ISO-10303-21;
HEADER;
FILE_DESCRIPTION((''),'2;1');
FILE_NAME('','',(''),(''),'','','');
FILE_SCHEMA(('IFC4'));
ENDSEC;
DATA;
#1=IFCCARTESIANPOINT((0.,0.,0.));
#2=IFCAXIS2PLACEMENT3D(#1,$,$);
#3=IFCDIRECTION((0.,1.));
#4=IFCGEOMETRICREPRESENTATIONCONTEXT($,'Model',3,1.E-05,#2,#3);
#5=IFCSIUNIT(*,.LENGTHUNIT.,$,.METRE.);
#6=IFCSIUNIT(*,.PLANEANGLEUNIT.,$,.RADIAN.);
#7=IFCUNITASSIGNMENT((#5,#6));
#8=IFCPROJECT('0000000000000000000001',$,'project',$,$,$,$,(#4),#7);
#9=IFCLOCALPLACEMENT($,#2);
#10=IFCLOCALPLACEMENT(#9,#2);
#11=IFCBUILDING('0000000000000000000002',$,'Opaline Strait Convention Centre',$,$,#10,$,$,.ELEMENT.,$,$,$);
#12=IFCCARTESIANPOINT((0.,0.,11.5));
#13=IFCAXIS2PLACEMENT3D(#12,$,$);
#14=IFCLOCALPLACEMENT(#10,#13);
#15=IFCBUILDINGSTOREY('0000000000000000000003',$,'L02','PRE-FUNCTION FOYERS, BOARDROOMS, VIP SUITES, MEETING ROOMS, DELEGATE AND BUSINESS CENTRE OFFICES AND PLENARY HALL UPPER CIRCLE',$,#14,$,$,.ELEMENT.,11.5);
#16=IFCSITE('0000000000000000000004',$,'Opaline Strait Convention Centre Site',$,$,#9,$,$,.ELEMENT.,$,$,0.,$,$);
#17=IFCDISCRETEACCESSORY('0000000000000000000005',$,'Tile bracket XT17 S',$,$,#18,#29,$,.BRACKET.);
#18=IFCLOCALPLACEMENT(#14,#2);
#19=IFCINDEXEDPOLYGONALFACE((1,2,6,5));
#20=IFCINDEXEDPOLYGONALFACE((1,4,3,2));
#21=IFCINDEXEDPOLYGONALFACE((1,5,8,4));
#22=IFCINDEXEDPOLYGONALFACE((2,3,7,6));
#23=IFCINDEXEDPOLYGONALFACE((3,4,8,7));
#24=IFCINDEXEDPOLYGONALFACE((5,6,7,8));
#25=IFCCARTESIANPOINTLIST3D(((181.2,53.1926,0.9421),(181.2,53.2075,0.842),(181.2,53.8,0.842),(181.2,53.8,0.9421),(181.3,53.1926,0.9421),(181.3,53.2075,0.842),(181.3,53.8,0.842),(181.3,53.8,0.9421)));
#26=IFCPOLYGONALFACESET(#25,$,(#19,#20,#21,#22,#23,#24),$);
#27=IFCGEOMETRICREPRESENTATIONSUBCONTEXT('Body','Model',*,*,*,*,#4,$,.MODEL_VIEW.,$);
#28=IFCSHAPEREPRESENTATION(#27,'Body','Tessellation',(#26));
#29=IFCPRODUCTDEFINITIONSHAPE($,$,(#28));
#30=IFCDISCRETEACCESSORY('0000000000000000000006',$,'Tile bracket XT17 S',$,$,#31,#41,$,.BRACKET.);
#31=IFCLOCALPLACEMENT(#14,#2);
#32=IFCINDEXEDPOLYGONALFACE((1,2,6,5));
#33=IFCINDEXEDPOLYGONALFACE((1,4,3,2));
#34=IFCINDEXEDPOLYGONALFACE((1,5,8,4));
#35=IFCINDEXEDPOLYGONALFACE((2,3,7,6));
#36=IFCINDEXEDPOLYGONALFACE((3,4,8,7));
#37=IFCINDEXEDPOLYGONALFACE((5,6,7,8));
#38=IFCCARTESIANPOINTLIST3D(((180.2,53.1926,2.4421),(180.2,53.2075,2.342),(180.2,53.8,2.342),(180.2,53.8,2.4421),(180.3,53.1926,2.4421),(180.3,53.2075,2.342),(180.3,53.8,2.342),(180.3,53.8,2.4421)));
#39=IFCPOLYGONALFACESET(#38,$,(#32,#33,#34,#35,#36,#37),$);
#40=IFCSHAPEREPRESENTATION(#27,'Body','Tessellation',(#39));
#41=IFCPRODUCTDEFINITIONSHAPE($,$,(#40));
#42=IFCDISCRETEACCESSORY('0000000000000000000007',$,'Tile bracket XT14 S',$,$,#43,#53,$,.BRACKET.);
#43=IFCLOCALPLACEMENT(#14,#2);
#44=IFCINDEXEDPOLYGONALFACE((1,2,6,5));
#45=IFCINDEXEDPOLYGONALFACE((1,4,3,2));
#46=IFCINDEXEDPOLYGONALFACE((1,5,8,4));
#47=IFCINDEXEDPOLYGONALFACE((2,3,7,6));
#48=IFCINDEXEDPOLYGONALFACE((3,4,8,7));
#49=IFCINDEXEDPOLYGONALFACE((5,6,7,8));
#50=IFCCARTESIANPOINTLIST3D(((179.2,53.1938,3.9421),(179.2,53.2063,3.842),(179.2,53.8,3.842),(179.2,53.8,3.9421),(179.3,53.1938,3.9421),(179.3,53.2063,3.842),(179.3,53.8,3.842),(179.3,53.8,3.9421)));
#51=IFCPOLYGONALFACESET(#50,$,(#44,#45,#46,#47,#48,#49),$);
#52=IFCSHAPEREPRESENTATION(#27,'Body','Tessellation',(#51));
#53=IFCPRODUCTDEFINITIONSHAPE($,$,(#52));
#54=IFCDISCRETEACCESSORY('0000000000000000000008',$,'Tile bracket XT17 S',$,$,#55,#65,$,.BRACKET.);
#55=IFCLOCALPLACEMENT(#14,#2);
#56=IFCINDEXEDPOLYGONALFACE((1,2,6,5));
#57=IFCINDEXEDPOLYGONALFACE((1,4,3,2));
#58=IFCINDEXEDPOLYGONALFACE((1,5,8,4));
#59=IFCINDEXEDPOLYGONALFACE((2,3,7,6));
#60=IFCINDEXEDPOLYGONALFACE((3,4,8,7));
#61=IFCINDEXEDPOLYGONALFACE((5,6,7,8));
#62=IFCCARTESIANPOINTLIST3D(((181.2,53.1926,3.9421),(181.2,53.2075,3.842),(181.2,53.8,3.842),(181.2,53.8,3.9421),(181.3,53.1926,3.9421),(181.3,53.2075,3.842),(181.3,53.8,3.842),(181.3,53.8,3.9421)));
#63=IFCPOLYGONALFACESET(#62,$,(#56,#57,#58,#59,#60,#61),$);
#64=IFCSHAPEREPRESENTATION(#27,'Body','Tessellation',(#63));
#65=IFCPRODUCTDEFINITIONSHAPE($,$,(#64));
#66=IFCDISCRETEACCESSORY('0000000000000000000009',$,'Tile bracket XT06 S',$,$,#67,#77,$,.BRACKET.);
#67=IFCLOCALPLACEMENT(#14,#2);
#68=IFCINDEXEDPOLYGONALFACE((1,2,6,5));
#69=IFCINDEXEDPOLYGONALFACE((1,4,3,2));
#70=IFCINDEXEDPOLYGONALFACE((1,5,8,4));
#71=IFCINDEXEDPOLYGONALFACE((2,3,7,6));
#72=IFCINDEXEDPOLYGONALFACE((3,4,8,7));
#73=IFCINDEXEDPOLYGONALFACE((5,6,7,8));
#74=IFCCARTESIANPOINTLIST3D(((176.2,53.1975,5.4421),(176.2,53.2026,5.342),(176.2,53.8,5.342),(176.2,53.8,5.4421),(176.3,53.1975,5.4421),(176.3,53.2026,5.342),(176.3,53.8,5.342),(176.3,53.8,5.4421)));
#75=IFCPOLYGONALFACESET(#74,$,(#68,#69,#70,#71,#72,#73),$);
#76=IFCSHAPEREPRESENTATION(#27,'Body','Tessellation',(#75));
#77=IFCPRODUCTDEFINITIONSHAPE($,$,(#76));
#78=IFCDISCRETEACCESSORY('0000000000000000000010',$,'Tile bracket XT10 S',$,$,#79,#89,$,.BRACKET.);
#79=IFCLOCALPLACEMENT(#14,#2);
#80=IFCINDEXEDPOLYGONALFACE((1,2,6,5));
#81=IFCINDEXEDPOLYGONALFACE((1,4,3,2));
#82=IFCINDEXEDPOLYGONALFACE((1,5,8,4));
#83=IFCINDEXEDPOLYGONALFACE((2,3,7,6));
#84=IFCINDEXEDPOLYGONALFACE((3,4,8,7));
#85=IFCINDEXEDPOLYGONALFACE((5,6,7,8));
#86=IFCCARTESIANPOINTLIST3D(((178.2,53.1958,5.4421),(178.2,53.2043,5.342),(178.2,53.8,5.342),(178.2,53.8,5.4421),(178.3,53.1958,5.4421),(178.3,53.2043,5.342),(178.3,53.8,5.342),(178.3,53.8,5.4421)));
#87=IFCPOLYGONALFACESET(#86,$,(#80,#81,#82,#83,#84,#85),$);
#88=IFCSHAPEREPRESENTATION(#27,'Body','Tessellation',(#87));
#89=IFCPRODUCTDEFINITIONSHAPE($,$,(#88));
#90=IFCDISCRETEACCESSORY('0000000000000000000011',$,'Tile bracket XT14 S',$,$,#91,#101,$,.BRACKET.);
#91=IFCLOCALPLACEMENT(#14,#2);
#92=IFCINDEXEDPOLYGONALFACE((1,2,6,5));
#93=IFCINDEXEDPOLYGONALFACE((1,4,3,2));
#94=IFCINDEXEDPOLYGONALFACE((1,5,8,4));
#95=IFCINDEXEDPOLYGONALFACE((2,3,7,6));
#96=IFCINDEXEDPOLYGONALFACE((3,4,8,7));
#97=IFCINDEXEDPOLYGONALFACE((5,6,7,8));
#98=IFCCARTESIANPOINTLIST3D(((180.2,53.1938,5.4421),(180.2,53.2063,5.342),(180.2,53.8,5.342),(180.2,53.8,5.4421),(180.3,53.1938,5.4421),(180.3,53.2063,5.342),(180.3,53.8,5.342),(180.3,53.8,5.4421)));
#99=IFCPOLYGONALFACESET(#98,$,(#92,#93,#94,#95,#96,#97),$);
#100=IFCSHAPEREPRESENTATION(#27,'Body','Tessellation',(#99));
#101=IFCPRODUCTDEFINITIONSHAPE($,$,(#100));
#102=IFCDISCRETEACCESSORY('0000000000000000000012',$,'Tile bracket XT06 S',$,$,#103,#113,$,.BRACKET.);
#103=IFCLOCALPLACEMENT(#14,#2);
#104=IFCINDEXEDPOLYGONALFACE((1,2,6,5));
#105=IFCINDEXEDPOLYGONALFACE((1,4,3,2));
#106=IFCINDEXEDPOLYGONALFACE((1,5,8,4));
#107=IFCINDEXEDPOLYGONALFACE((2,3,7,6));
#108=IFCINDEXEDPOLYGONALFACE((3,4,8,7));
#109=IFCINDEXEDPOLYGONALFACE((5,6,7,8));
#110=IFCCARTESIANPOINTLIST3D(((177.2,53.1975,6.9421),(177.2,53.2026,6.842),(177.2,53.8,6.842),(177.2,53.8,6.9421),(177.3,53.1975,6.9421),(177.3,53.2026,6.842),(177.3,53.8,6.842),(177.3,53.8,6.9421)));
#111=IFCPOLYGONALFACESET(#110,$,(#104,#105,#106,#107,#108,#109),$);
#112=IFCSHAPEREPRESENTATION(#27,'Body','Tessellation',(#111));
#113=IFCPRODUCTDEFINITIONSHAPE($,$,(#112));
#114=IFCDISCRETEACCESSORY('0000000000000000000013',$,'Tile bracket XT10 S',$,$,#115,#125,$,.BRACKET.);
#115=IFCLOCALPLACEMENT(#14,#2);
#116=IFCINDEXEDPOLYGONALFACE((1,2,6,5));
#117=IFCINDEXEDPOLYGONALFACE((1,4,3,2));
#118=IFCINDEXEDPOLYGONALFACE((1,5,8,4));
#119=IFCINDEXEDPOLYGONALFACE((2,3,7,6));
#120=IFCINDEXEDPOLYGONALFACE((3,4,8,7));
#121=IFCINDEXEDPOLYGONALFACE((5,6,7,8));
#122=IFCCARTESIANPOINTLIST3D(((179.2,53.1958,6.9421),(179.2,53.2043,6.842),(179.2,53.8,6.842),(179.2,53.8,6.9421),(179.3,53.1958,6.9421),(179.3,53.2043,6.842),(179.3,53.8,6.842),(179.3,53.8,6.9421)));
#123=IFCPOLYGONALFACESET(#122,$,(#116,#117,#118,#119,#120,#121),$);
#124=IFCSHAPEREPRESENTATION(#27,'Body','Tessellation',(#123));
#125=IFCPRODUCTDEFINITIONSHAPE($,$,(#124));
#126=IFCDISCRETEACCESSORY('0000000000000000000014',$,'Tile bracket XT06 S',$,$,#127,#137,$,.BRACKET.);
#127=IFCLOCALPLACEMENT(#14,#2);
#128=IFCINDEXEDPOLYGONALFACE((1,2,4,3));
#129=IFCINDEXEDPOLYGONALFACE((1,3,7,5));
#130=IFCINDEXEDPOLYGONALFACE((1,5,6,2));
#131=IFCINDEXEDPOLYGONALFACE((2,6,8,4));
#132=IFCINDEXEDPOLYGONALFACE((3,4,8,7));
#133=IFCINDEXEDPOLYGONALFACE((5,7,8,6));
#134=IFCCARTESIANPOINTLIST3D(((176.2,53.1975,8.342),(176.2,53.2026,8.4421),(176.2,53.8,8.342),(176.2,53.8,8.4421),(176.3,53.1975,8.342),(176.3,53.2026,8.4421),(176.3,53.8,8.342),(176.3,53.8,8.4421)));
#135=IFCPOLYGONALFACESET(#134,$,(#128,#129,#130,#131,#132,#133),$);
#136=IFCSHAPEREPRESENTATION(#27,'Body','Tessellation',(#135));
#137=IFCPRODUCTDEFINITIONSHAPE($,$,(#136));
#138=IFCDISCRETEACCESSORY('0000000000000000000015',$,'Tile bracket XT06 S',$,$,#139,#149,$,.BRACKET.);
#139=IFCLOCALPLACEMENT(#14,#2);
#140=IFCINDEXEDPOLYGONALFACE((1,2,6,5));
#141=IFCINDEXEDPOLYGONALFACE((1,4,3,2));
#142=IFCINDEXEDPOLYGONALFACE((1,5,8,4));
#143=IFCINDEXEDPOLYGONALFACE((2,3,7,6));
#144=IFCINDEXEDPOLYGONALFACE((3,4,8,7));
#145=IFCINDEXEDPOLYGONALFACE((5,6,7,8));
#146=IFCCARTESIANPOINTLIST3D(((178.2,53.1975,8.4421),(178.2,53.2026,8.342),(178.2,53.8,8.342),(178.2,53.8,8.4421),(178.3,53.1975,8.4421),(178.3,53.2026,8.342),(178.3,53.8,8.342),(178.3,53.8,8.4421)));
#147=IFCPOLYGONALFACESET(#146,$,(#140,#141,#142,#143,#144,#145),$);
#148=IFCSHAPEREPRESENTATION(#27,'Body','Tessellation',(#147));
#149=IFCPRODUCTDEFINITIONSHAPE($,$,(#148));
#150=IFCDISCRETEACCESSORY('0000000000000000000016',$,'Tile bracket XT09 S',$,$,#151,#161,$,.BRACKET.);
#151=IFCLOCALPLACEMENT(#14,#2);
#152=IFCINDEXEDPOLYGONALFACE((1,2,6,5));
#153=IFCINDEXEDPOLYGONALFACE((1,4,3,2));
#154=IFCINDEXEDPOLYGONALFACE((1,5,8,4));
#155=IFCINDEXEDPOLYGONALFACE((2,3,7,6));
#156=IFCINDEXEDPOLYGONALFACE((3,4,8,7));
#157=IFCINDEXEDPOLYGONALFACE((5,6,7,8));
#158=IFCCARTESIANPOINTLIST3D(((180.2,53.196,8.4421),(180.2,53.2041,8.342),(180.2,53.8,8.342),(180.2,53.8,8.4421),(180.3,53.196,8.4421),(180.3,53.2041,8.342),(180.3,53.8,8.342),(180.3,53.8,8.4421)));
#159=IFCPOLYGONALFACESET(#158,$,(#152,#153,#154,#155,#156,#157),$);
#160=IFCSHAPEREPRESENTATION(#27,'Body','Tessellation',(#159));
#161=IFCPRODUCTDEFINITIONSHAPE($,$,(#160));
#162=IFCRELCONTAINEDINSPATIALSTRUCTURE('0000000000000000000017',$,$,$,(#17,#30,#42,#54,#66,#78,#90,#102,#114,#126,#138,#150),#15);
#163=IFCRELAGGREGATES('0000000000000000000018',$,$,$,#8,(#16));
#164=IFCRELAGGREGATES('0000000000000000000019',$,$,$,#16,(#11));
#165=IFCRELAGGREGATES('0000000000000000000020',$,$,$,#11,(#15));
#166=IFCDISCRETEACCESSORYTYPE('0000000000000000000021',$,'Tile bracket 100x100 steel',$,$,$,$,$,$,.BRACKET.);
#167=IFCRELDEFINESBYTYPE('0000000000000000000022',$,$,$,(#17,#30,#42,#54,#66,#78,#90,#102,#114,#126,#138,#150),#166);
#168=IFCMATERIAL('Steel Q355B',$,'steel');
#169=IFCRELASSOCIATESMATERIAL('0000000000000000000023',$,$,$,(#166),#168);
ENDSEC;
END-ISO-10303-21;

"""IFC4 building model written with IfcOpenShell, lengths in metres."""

from ifc_helpers import new_model, si_unit, direction, frame, origin, place, context, subcontext, project, spatial, polyline, outline, extrude, material, type_object, element, save


model = new_model("IFC4")

# Units and contexts
model_context = context("Model", 3, precision=1e-05, world=origin(), true_north=direction((0.0, 1.0)))
body_context = subcontext(model_context, "Body", "Model", "MODEL_VIEW")
ifc_project = project(units=[si_unit("LENGTHUNIT", "METRE"), si_unit("PLANEANGLEUNIT", "RADIAN")], contexts=[model_context])

# Site, building, storey
site_placement = place(None, origin())
site = spatial("IfcSite", under=ifc_project, at=site_placement, Name="Opaline Strait Convention Centre Site", CompositionType="ELEMENT", RefElevation=0.0)
building_placement = place(site_placement, origin())
building = spatial("IfcBuilding", under=site, at=building_placement, Name="Opaline Strait Convention Centre", CompositionType="ELEMENT")
storey_placement = place(building_placement, frame((0.0, 0.0, 11.5)))
storey = spatial("IfcBuildingStorey", under=building, at=storey_placement, Name="L02", Description="PRE-FUNCTION FOYERS, BOARDROOMS, VIP SUITES, MEETING ROOMS, DELEGATE AND BUSINESS CENTRE OFFICES AND PLENARY HALL UPPER CIRCLE", CompositionType="ELEMENT", Elevation=11.5)

# Discrete accessories
ifc_material_1 = material(Name="Steel Q355B", Category="steel")
discrete_accessory_type = type_object("IfcDiscreteAccessoryType", Name="Tile bracket 100x100 steel", PredefinedType="BRACKET", material=ifc_material_1)
for number, where, z_axis, x_axis, name in (
    (1, (181.2, 53.8, 0.8921), (1.0, 0.0, 0.0), (0.0, 1.0, 0.0), "Tile bracket XT17 S"),
    (2, (180.2, 53.8, 2.3921), (1.0, 0.0, 0.0), (0.0, 1.0, 0.0), "Tile bracket XT17 S"),
):
    element("IfcDiscreteAccessory", number, at=place(storey_placement, frame(where, z_axis=z_axis, x_axis=x_axis)), inside=storey, type_object=discrete_accessory_type, Name=name, PredefinedType="BRACKET", context=body_context, shape_type="SweptSolid", body=[
        extrude(outline(polyline([(0.0, -0.05), (0.0, 0.05), (-0.6074, 0.05), (-0.5925, -0.05), (0.0, -0.05)])), origin(), (0.0, 0.0, 1.0), 0.1001),
    ])
discrete_accessory_1_placement = place(storey_placement, frame((179.2, 53.8, 3.8921), z_axis=(1.0, 0.0, 0.0), x_axis=(0.0, 1.0, 0.0)))
element("IfcDiscreteAccessory", 3, at=discrete_accessory_1_placement, inside=storey, type_object=discrete_accessory_type, Name="Tile bracket XT14 S", PredefinedType="BRACKET", context=body_context, shape_type="SweptSolid", body=[
    extrude(outline(polyline([(0.0, -0.05), (0.0, 0.05), (-0.6062, 0.05), (-0.5938, -0.05), (0.0, -0.05)])), origin(), (0.0, 0.0, 1.0), 0.1001),
])
discrete_accessory_2_placement = place(storey_placement, frame((181.2, 53.8, 3.8921), z_axis=(1.0, 0.0, 0.0), x_axis=(0.0, 1.0, 0.0)))
element("IfcDiscreteAccessory", 4, at=discrete_accessory_2_placement, inside=storey, type_object=discrete_accessory_type, Name="Tile bracket XT17 S", PredefinedType="BRACKET", context=body_context, shape_type="SweptSolid", body=[
    extrude(outline(polyline([(0.0, -0.05), (0.0, 0.05), (-0.6074, 0.05), (-0.5925, -0.05), (0.0, -0.05)])), origin(), (0.0, 0.0, 1.0), 0.1001),
])
discrete_accessory_3_placement = place(storey_placement, frame((176.2, 53.8, 5.3921), z_axis=(1.0, 0.0, 0.0), x_axis=(0.0, 1.0, 0.0)))
element("IfcDiscreteAccessory", 5, at=discrete_accessory_3_placement, inside=storey, type_object=discrete_accessory_type, Name="Tile bracket XT06 S", PredefinedType="BRACKET", context=body_context, shape_type="SweptSolid", body=[
    extrude(outline(polyline([(0.0, -0.05), (0.0, 0.05), (-0.6025, 0.05), (-0.5974, -0.05), (0.0, -0.05)])), origin(), (0.0, 0.0, 1.0), 0.1001),
])
discrete_accessory_4_placement = place(storey_placement, frame((178.2, 53.8, 5.3921), z_axis=(1.0, 0.0, 0.0), x_axis=(0.0, 1.0, 0.0)))
element("IfcDiscreteAccessory", 6, at=discrete_accessory_4_placement, inside=storey, type_object=discrete_accessory_type, Name="Tile bracket XT10 S", PredefinedType="BRACKET", context=body_context, shape_type="SweptSolid", body=[
    extrude(outline(polyline([(0.0, -0.05), (0.0, 0.05), (-0.6042, 0.05), (-0.5957, -0.05), (0.0, -0.05)])), origin(), (0.0, 0.0, 1.0), 0.1001),
])
discrete_accessory_5_placement = place(storey_placement, frame((180.2, 53.8, 5.3921), z_axis=(1.0, 0.0, 0.0), x_axis=(0.0, 1.0, 0.0)))
element("IfcDiscreteAccessory", 7, at=discrete_accessory_5_placement, inside=storey, type_object=discrete_accessory_type, Name="Tile bracket XT14 S", PredefinedType="BRACKET", context=body_context, shape_type="SweptSolid", body=[
    extrude(outline(polyline([(0.0, -0.05), (0.0, 0.05), (-0.6062, 0.05), (-0.5938, -0.05), (0.0, -0.05)])), origin(), (0.0, 0.0, 1.0), 0.1001),
])
discrete_accessory_6_placement = place(storey_placement, frame((177.2, 53.8, 6.8921), z_axis=(1.0, 0.0, 0.0), x_axis=(0.0, 1.0, 0.0)))
element("IfcDiscreteAccessory", 8, at=discrete_accessory_6_placement, inside=storey, type_object=discrete_accessory_type, Name="Tile bracket XT06 S", PredefinedType="BRACKET", context=body_context, shape_type="SweptSolid", body=[
    extrude(outline(polyline([(0.0, -0.05), (0.0, 0.05), (-0.6025, 0.05), (-0.5974, -0.05), (0.0, -0.05)])), origin(), (0.0, 0.0, 1.0), 0.1001),
])
discrete_accessory_7_placement = place(storey_placement, frame((179.2, 53.8, 6.8921), z_axis=(1.0, 0.0, 0.0), x_axis=(0.0, 1.0, 0.0)))
element("IfcDiscreteAccessory", 9, at=discrete_accessory_7_placement, inside=storey, type_object=discrete_accessory_type, Name="Tile bracket XT10 S", PredefinedType="BRACKET", context=body_context, shape_type="SweptSolid", body=[
    extrude(outline(polyline([(0.0, -0.05), (0.0, 0.05), (-0.6042, 0.05), (-0.5957, -0.05), (0.0, -0.05)])), origin(), (0.0, 0.0, 1.0), 0.1001),
])
discrete_accessory_8_placement = place(storey_placement, frame((176.2, 53.8, 8.3921), z_axis=(1.0, 0.0, 0.0), x_axis=(0.0, 1.0, 0.0)))
element("IfcDiscreteAccessory", 10, at=discrete_accessory_8_placement, inside=storey, type_object=discrete_accessory_type, Name="Tile bracket XT06 S", PredefinedType="BRACKET", context=body_context, shape_type="SweptSolid", body=[
    extrude(outline(polyline([(0.0, -0.05), (0.0, 0.05), (-0.5974, 0.05), (-0.6025, -0.05), (0.0, -0.05)])), origin(), (0.0, 0.0, 1.0), 0.1001),
])
discrete_accessory_9_placement = place(storey_placement, frame((178.2, 53.8, 8.3921), z_axis=(1.0, 0.0, 0.0), x_axis=(0.0, 1.0, 0.0)))
element("IfcDiscreteAccessory", 11, at=discrete_accessory_9_placement, inside=storey, type_object=discrete_accessory_type, Name="Tile bracket XT06 S", PredefinedType="BRACKET", context=body_context, shape_type="SweptSolid", body=[
    extrude(outline(polyline([(0.0, -0.05), (0.0, 0.05), (-0.6025, 0.05), (-0.5974, -0.05), (0.0, -0.05)])), origin(), (0.0, 0.0, 1.0), 0.1001),
])
discrete_accessory_10_placement = place(storey_placement, frame((180.2, 53.8, 8.3921), z_axis=(1.0, 0.0, 0.0), x_axis=(0.0, 1.0, 0.0)))
element("IfcDiscreteAccessory", 12, at=discrete_accessory_10_placement, inside=storey, type_object=discrete_accessory_type, Name="Tile bracket XT09 S", PredefinedType="BRACKET", context=body_context, shape_type="SweptSolid", body=[
    extrude(outline(polyline([(0.0, -0.05), (0.0, 0.05), (-0.604, 0.05), (-0.5959, -0.05), (0.0, -0.05)])), origin(), (0.0, 0.0, 1.0), 0.1001),
])

save(model, "model.ifc")
